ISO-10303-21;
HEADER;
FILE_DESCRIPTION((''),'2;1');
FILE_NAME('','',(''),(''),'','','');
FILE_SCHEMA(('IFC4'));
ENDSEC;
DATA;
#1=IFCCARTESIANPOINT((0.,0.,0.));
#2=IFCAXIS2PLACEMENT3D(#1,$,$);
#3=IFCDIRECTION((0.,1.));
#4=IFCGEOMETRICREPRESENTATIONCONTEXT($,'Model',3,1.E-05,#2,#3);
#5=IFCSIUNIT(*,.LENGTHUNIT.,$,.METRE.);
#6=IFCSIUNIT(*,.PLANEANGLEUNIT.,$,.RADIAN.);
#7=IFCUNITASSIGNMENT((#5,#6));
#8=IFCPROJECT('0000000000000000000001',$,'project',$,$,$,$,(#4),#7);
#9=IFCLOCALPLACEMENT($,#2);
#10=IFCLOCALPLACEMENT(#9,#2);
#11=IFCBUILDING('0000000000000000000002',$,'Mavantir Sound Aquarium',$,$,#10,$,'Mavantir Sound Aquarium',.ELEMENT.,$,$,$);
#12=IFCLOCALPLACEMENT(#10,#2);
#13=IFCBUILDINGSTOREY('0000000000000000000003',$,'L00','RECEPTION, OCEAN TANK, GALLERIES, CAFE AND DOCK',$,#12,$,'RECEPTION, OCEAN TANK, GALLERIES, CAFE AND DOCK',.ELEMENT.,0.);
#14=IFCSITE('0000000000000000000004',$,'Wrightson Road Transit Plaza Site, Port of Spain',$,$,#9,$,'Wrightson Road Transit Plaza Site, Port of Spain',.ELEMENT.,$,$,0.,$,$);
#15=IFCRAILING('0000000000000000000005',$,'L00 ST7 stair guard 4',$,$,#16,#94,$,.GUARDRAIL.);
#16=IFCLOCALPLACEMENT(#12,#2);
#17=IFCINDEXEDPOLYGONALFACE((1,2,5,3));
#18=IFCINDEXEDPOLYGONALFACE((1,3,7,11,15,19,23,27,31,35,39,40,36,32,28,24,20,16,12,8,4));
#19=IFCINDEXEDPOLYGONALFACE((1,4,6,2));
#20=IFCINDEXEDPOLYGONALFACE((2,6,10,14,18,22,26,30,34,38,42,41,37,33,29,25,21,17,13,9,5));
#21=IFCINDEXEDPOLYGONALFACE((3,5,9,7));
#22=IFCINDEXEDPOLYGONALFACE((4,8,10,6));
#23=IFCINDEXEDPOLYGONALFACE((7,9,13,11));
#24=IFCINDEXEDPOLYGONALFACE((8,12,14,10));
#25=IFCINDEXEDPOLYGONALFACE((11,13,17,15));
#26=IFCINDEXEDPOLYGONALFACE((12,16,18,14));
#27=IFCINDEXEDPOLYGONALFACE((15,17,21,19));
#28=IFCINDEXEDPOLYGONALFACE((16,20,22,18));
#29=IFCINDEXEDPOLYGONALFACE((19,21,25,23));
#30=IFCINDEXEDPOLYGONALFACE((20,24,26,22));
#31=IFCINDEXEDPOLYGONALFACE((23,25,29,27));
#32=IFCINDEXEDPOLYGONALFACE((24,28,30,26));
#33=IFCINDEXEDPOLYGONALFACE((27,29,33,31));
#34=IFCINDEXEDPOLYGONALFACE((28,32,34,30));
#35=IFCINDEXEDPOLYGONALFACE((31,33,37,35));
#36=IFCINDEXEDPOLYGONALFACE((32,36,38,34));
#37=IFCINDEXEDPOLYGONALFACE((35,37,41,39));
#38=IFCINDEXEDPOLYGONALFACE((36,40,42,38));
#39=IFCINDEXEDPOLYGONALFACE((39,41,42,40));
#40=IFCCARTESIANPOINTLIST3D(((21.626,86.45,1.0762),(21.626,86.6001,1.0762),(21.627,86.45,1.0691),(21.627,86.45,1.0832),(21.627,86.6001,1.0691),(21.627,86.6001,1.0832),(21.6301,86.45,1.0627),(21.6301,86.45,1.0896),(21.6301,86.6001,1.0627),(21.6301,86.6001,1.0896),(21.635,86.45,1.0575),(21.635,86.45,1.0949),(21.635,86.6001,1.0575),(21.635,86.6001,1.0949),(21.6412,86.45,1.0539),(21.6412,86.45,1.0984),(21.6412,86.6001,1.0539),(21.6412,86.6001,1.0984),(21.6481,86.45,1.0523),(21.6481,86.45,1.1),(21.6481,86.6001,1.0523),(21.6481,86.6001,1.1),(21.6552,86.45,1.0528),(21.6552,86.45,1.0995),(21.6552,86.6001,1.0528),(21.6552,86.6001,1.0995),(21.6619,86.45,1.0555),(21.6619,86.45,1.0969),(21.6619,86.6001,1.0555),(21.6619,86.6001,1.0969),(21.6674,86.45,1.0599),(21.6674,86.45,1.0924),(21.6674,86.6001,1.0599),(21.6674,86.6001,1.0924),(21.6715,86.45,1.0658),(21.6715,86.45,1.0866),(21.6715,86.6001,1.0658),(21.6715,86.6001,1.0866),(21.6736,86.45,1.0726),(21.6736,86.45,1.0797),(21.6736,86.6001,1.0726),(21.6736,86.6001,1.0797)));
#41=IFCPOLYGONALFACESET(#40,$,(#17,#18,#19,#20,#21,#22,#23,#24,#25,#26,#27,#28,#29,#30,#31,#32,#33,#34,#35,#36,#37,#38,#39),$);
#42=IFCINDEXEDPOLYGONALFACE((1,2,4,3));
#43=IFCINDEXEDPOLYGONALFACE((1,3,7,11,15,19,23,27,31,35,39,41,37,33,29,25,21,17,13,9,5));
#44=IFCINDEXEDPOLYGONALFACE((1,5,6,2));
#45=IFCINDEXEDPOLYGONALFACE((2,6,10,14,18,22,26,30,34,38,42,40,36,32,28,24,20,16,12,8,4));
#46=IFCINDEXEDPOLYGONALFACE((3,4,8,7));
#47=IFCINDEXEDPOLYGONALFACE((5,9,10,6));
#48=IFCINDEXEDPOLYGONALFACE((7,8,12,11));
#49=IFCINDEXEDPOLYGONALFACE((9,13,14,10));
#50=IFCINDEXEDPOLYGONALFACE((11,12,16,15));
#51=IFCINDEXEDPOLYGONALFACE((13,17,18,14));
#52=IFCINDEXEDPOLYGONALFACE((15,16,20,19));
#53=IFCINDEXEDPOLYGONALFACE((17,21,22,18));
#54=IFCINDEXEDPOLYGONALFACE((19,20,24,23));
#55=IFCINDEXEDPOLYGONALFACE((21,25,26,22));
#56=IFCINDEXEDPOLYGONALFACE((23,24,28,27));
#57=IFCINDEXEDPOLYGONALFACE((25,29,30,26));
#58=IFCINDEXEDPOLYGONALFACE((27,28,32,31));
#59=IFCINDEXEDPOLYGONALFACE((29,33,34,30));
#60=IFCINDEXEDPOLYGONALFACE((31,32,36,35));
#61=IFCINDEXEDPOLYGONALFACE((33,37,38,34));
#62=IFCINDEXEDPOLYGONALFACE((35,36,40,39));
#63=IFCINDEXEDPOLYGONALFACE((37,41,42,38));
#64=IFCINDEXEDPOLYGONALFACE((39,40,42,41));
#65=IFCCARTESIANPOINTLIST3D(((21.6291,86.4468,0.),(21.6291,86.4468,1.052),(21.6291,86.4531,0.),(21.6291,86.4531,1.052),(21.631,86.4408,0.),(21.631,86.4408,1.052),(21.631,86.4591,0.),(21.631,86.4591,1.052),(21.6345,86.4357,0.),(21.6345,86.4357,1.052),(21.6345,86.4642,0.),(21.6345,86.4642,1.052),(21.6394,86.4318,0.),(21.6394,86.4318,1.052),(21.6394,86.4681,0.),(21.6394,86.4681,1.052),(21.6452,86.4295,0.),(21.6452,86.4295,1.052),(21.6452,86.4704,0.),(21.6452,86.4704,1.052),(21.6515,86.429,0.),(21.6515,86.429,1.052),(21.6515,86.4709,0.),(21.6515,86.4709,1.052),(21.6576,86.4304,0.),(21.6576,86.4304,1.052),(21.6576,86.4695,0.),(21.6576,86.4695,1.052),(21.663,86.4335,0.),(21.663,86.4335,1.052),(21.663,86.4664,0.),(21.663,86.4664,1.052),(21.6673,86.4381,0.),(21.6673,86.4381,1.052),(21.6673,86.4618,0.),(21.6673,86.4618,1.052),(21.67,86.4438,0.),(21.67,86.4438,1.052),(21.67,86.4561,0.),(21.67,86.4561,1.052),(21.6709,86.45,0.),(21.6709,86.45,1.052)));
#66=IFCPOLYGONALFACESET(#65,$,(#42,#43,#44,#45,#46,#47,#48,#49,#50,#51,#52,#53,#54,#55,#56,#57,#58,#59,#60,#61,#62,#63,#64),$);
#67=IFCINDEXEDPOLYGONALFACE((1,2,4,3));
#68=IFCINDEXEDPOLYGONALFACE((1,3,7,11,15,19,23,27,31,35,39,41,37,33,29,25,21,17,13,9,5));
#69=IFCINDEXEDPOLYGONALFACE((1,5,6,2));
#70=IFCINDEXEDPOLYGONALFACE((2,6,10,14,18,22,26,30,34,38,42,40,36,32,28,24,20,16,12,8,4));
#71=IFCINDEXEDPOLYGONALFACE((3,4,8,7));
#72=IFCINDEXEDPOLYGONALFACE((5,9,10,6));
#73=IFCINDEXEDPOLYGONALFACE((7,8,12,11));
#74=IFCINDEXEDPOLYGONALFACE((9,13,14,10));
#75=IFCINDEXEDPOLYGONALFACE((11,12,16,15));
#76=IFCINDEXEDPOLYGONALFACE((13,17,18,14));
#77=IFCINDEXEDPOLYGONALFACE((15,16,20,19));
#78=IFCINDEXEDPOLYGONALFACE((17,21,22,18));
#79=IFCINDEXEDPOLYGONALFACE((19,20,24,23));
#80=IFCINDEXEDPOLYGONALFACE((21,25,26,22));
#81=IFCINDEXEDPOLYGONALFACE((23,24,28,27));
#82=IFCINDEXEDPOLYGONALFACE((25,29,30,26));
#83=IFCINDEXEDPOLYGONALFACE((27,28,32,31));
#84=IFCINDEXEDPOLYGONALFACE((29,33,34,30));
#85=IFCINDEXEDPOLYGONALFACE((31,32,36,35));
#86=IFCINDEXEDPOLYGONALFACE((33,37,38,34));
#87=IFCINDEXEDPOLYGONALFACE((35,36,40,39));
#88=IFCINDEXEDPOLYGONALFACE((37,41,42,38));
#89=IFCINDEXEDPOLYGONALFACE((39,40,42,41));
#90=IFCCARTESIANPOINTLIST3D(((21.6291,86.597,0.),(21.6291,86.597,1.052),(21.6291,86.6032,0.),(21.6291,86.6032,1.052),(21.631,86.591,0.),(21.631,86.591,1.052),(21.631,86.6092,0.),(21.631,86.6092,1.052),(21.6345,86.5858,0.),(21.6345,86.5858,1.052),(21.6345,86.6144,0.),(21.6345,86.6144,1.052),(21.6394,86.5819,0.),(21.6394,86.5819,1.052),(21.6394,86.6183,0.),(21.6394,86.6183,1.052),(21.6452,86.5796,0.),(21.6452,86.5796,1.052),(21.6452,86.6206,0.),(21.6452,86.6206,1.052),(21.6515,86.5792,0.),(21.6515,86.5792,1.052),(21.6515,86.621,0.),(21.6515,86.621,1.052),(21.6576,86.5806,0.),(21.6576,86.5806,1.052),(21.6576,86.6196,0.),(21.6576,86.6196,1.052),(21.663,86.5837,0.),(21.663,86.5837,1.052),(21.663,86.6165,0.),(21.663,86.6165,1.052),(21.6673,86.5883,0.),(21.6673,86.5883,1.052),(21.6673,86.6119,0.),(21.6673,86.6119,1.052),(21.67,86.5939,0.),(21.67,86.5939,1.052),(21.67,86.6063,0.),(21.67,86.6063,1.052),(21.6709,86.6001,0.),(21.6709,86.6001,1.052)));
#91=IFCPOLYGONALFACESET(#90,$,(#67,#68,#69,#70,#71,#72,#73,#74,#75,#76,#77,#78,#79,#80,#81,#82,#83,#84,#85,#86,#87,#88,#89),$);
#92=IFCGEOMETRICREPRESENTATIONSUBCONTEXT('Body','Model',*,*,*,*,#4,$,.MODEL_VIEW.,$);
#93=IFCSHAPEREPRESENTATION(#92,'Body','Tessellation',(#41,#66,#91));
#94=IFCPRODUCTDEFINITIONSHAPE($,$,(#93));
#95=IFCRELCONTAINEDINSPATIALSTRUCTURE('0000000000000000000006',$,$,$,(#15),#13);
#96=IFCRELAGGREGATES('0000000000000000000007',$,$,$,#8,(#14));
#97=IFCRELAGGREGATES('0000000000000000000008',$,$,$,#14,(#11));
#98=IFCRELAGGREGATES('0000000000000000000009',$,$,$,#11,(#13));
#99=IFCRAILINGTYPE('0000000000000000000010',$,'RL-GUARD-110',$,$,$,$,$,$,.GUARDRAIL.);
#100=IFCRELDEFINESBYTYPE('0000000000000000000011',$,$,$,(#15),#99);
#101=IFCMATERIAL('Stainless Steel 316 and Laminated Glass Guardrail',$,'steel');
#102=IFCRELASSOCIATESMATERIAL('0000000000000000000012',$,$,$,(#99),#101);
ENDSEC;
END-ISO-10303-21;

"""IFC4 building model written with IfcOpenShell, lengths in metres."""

from ifc_helpers import new_model, si_unit, direction, frame, origin, origin_2d, place, context, subcontext, project, spatial, circle, extrude, material, type_object, element, save


model = new_model("IFC4")

# Units and contexts
model_context = context("Model", 3, precision=1e-05, world=origin(), true_north=direction((0.0, 1.0)))
body_context = subcontext(model_context, "Body", "Model", "MODEL_VIEW")
ifc_project = project(units=[si_unit("LENGTHUNIT", "METRE"), si_unit("PLANEANGLEUNIT", "RADIAN")], contexts=[model_context])

# Site, building, storey
site_placement = place(None, origin())
site = spatial("IfcSite", under=ifc_project, at=site_placement, Name="Wrightson Road Transit Plaza Site, Port of Spain", LongName="Wrightson Road Transit Plaza Site, Port of Spain", CompositionType="ELEMENT", RefElevation=0.0)
building_placement = place(site_placement, origin())
building = spatial("IfcBuilding", under=site, at=building_placement, Name="Mavantir Sound Aquarium", LongName="Mavantir Sound Aquarium", CompositionType="ELEMENT")
storey_placement = place(building_placement, origin())
storey = spatial("IfcBuildingStorey", under=building, at=storey_placement, Name="L00", Description="RECEPTION, OCEAN TANK, GALLERIES, CAFE AND DOCK", LongName="RECEPTION, OCEAN TANK, GALLERIES, CAFE AND DOCK", CompositionType="ELEMENT", Elevation=0.0)

# Railing
ifc_material_1 = material(Name="Stainless Steel 316 and Laminated Glass Guardrail", Category="steel")
railing_type_1 = type_object("IfcRailingType", Name="RL-GUARD-110", PredefinedType="GUARDRAIL", material=ifc_material_1)
railing_1_placement = place(storey_placement, frame((21.6499, 86.45, 0.0)))
element("IfcRailing", 1, at=railing_1_placement, inside=storey, type_object=railing_type_1, Name="L00 ST7 stair guard 4", PredefinedType="GUARDRAIL", context=body_context, shape_type="SweptSolid", body=[
    extrude(circle(Radius=0.0239, at=origin_2d()), frame((0.0, 0.0, 1.0762), z_axis=(0.0, 1.0, 0.0), x_axis=(-1.0, 0.0, 0.0)), (0.0, 0.0, 1.0), 0.1501),
    extrude(circle(Radius=0.021, at=origin_2d()), origin(), (0.0, 0.0, 1.0), 1.052),
    extrude(circle(Radius=0.021, at=origin_2d()), frame((0.0, 0.1501, 0.0)), (0.0, 0.0, 1.0), 1.052),
])

save(model, "model.ifc")
